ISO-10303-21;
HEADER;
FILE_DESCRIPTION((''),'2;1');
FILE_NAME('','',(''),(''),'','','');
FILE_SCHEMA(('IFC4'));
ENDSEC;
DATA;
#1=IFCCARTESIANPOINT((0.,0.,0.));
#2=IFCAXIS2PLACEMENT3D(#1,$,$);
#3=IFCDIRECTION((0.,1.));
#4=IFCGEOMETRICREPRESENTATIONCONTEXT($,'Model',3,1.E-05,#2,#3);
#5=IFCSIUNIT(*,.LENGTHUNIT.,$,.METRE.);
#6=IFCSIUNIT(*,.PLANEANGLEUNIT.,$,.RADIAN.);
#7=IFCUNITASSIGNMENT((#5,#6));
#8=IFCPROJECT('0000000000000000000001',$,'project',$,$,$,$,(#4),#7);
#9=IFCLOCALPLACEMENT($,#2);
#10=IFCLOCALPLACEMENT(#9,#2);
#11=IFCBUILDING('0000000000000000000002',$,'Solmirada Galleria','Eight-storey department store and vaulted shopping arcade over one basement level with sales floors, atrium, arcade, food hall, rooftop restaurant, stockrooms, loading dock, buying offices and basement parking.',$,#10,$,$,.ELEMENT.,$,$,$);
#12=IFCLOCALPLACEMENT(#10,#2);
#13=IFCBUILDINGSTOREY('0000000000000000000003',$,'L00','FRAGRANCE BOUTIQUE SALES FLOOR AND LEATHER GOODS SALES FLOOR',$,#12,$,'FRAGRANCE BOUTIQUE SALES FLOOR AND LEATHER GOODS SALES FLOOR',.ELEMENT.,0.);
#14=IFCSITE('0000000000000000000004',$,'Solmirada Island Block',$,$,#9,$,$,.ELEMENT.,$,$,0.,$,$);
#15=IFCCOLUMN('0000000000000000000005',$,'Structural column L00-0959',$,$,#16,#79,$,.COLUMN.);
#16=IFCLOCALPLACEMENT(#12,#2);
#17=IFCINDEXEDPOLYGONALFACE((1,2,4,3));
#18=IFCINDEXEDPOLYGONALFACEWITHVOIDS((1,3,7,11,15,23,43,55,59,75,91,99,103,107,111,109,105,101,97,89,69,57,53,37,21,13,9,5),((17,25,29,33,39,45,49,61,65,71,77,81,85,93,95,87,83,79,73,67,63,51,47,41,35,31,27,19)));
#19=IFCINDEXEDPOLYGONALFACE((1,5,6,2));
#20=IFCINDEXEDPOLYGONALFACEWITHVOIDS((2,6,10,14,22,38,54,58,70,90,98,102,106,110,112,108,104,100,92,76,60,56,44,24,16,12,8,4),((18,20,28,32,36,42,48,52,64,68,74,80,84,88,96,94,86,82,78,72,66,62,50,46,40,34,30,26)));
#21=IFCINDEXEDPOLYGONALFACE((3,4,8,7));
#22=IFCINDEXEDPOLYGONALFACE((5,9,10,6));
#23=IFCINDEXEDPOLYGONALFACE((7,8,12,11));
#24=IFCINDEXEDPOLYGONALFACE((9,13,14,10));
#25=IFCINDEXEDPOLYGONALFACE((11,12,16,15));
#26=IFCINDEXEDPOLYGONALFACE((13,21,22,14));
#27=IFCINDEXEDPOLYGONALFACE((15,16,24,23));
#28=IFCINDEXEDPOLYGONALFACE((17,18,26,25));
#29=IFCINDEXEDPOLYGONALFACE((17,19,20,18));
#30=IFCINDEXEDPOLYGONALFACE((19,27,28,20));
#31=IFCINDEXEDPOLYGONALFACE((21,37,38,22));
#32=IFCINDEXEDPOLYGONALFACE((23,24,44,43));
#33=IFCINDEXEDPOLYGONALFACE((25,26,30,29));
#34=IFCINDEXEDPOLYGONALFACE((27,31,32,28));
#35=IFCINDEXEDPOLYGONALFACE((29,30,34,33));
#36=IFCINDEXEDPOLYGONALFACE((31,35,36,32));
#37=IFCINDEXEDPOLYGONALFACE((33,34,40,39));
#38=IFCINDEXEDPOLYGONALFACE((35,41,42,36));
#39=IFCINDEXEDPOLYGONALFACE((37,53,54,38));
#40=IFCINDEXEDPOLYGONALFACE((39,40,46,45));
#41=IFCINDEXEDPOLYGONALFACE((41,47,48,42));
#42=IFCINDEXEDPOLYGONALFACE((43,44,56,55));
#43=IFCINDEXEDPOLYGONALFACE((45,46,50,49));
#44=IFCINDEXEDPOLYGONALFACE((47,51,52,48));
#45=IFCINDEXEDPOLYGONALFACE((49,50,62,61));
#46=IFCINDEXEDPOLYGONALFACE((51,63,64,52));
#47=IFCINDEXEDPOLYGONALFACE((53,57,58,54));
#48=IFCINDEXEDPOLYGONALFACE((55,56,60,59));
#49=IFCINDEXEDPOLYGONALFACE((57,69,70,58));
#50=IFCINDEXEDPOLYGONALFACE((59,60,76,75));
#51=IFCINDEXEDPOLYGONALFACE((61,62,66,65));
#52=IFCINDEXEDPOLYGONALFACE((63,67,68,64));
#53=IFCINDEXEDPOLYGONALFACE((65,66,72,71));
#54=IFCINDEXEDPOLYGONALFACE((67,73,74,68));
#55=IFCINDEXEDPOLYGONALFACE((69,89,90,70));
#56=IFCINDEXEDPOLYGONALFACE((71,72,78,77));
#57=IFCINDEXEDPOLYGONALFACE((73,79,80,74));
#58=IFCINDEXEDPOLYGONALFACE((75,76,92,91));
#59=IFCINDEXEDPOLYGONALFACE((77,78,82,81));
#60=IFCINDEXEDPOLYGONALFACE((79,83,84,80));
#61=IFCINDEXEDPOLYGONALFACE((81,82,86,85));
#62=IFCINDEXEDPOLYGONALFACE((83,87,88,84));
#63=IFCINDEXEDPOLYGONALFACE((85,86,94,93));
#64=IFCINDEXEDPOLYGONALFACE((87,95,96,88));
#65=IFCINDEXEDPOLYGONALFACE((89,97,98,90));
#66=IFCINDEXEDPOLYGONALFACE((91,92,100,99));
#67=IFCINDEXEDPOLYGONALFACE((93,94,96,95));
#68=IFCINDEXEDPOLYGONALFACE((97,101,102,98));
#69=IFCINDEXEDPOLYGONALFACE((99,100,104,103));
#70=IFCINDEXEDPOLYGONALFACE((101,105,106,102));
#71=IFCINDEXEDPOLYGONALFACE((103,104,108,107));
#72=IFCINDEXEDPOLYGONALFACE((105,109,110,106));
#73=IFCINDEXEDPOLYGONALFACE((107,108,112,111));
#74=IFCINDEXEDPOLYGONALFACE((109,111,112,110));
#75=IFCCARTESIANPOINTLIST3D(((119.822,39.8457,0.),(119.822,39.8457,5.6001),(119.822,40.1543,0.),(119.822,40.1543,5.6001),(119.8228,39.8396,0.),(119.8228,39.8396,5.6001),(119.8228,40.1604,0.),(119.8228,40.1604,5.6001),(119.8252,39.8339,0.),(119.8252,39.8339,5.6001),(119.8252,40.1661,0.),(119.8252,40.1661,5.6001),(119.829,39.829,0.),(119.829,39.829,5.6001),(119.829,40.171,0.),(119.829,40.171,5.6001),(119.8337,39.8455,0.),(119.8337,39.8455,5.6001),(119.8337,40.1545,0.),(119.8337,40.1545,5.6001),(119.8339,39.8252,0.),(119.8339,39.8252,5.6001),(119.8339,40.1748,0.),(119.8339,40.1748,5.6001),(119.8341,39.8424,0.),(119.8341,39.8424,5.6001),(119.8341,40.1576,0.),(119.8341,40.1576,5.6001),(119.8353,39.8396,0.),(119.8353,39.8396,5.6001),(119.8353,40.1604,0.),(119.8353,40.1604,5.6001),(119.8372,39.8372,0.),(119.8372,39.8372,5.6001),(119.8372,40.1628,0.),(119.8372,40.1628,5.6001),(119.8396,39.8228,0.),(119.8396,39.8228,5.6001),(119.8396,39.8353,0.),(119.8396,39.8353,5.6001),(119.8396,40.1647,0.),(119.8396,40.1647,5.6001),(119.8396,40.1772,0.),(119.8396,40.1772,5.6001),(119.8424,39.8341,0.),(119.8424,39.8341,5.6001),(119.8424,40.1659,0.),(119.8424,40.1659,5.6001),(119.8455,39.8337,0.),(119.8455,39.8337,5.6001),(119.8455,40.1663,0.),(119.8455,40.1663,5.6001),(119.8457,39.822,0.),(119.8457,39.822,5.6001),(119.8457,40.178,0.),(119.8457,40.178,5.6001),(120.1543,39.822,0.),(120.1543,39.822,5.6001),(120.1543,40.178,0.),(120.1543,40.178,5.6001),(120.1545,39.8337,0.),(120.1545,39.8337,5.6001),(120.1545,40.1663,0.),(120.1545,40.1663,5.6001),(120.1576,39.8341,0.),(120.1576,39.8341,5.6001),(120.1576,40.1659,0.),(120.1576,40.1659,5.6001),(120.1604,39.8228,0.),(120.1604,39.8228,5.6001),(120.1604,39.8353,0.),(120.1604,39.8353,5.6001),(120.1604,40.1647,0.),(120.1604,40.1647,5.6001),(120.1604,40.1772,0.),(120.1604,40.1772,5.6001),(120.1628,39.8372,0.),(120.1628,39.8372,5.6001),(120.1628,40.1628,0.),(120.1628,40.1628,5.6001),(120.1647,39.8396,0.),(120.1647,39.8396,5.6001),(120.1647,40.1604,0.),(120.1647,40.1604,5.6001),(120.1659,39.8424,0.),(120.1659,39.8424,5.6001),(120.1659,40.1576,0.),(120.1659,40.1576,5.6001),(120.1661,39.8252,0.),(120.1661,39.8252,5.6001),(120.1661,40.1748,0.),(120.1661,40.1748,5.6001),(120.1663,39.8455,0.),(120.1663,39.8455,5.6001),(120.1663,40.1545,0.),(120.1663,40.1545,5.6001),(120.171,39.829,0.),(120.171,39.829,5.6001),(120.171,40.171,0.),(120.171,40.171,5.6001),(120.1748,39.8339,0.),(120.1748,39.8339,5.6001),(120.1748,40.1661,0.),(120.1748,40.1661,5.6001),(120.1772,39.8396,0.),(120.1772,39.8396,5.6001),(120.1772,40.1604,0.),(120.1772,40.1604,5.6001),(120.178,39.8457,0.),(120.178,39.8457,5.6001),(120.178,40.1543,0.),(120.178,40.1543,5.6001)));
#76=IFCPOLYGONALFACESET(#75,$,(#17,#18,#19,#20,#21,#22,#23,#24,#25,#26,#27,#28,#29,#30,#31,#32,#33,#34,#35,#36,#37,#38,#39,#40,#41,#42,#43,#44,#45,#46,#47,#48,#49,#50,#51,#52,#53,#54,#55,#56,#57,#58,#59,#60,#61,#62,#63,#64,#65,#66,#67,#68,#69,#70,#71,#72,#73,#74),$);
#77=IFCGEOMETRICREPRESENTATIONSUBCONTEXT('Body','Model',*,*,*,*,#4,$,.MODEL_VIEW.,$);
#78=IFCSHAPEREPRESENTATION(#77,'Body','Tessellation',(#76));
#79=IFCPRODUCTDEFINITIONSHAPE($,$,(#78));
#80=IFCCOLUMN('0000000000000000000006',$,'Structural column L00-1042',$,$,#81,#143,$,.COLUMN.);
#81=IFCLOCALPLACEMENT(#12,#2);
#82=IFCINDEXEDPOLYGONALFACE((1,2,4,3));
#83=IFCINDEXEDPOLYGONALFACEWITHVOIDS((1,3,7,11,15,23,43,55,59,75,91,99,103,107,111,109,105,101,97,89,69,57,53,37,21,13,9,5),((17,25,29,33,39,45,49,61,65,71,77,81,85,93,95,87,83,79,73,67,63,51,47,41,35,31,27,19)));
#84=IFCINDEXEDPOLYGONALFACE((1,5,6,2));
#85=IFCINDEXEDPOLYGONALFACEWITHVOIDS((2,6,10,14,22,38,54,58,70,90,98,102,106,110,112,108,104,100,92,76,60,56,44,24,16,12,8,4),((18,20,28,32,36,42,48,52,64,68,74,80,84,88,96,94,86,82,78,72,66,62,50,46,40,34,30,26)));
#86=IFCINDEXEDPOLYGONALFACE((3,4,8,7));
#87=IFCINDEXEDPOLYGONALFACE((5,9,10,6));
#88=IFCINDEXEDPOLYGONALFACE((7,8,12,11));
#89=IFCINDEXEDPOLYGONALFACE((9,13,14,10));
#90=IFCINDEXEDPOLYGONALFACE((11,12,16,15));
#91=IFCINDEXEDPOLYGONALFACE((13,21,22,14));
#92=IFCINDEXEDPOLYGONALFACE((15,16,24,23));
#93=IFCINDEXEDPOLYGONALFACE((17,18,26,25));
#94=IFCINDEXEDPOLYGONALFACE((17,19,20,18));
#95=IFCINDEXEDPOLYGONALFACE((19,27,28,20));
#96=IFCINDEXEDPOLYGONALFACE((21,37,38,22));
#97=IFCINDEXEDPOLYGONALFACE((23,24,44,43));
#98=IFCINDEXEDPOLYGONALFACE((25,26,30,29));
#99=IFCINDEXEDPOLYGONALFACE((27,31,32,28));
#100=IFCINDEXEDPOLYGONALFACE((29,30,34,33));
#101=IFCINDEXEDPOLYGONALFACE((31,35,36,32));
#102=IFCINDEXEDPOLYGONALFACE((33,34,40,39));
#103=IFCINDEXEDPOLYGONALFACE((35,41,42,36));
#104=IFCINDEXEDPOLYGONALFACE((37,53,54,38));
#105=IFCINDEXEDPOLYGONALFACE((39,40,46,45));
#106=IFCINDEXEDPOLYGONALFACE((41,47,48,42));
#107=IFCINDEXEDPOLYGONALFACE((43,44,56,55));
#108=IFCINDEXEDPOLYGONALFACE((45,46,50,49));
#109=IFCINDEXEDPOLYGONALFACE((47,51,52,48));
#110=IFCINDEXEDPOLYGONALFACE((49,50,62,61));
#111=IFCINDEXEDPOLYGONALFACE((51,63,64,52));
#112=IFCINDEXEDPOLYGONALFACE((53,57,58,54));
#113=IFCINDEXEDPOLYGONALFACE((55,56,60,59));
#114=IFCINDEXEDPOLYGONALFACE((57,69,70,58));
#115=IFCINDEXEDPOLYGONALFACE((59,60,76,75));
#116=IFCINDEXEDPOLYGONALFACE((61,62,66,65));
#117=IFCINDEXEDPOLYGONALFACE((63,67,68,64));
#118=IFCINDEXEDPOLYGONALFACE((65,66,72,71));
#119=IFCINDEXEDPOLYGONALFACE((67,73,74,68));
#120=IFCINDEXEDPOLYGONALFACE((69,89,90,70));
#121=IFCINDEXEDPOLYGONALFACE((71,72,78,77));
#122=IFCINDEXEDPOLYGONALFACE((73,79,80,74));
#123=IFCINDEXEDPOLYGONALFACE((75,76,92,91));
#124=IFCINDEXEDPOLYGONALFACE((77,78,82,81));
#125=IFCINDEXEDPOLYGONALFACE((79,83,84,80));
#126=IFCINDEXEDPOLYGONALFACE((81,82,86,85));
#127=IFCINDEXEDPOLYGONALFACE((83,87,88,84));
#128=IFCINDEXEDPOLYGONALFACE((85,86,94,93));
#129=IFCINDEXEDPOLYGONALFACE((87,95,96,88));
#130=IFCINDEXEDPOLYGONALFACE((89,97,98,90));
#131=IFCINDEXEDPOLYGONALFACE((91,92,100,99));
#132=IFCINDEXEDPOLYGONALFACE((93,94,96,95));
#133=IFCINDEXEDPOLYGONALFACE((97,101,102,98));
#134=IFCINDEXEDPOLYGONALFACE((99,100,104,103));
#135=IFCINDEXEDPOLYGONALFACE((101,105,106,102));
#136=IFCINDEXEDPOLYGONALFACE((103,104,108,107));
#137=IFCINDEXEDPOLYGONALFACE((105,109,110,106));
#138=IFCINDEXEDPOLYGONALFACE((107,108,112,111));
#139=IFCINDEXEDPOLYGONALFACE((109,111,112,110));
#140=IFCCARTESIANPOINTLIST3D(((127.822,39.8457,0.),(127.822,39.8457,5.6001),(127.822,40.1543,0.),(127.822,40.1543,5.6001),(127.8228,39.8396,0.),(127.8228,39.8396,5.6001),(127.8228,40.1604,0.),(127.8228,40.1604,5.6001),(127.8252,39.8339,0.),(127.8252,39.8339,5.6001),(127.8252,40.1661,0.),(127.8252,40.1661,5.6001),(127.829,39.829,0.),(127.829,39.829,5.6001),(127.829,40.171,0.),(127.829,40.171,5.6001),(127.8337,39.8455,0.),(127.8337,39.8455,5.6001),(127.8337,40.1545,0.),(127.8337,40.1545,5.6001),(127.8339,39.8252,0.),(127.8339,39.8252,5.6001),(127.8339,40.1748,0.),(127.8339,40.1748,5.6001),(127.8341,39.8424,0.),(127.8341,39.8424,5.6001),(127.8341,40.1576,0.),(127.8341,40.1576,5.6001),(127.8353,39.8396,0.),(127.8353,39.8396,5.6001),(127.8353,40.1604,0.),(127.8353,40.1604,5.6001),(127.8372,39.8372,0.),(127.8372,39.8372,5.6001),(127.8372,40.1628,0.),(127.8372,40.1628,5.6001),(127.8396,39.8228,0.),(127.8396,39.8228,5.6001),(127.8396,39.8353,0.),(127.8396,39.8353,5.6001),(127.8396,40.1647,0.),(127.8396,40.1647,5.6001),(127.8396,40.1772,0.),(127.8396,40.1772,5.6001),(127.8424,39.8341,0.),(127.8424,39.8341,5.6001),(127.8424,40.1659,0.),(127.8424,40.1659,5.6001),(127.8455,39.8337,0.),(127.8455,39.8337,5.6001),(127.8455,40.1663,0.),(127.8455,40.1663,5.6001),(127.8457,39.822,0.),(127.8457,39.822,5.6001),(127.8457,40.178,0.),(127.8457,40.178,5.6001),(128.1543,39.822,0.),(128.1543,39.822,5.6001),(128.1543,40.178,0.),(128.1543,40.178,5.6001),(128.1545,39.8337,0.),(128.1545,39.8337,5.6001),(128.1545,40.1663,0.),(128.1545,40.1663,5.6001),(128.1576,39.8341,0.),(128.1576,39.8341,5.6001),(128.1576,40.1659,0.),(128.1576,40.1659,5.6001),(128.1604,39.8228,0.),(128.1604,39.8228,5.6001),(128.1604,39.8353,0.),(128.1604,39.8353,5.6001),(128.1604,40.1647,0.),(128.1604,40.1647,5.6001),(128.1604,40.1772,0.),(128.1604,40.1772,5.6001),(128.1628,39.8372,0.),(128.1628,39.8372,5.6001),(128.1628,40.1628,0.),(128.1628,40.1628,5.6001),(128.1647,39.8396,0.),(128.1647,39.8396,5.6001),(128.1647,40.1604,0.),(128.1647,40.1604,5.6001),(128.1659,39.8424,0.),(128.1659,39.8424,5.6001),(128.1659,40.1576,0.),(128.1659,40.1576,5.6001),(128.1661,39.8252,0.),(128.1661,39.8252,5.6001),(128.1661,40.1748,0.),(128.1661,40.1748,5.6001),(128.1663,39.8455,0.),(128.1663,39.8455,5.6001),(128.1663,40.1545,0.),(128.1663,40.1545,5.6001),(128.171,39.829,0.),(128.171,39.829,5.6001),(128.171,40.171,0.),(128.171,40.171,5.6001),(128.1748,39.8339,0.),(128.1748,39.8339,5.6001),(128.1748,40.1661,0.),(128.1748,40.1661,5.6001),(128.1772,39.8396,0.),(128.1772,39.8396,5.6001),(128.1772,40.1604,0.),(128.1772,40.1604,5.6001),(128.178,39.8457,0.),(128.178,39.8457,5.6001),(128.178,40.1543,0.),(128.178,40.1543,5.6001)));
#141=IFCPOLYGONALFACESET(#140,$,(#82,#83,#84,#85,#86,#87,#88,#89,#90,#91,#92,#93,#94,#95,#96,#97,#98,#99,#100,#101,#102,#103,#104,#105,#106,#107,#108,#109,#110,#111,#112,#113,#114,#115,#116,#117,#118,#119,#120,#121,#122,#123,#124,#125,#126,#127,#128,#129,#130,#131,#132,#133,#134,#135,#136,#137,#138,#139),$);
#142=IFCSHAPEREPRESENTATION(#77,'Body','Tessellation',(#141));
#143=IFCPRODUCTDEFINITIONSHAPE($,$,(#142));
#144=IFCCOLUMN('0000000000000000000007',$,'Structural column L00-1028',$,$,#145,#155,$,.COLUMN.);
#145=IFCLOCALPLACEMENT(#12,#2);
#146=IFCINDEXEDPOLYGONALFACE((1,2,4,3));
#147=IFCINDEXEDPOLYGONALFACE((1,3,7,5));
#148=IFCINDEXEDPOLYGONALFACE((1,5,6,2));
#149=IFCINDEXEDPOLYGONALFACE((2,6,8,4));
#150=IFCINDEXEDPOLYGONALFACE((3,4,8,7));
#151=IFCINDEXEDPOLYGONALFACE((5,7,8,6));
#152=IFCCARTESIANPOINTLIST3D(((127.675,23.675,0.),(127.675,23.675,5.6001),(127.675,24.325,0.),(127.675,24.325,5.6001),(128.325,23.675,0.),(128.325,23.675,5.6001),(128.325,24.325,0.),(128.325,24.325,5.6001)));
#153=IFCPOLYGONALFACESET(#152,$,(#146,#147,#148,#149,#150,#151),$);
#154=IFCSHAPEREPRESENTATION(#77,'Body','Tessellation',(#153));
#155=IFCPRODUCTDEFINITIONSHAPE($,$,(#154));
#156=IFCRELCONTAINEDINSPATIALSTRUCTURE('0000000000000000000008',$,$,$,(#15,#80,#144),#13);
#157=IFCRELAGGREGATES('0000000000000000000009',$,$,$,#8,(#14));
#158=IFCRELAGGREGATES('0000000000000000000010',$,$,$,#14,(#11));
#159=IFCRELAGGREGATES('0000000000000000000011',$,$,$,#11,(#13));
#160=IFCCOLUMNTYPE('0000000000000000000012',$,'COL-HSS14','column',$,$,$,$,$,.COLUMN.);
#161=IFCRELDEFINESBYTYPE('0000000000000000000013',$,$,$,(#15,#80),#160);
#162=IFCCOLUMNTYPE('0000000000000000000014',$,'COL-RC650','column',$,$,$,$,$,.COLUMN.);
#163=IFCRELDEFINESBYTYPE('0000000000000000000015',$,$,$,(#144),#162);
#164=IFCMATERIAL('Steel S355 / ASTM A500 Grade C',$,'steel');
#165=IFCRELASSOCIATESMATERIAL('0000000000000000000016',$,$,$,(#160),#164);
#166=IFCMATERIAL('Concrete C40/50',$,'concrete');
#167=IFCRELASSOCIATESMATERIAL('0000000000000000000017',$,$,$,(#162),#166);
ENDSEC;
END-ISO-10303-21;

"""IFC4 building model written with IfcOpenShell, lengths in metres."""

from ifc_helpers import new_model, si_unit, direction, frame, origin, origin_2d, place, context, subcontext, project, spatial, rectangle, hollow_rectangle, extrude, material, material_profile, profile_set, type_object, element, save


model = new_model("IFC4")

# Units and contexts
model_context = context("Model", 3, precision=1e-05, world=origin(), true_north=direction((0.0, 1.0)))
body_context = subcontext(model_context, "Body", "Model", "MODEL_VIEW")
ifc_project = project(units=[si_unit("LENGTHUNIT", "METRE"), si_unit("PLANEANGLEUNIT", "RADIAN")], contexts=[model_context])

# Site, building, storey
site_placement = place(None, origin())
site = spatial("IfcSite", under=ifc_project, at=site_placement, Name="Solmirada Island Block", CompositionType="ELEMENT", RefElevation=0.0)
building_placement = place(site_placement, origin())
building = spatial("IfcBuilding", under=site, at=building_placement, Name="Solmirada Galleria", Description="Eight-storey department store and vaulted shopping arcade over one basement level with sales floors, atrium, arcade, food hall, rooftop restaurant, stockrooms, loading dock, buying offices and basement parking.", CompositionType="ELEMENT")
storey_placement = place(building_placement, origin())
storey = spatial("IfcBuildingStorey", under=building, at=storey_placement, Name="L00", Description="FRAGRANCE BOUTIQUE SALES FLOOR AND LEATHER GOODS SALES FLOOR", LongName="FRAGRANCE BOUTIQUE SALES FLOOR AND LEATHER GOODS SALES FLOOR", CompositionType="ELEMENT", Elevation=0.0)

# Columns
ifc_material_1 = material(Name="Steel S355 / ASTM A500 Grade C", Category="steel")
ifc_material_profile_1 = material_profile(ifc_material_1, hollow_rectangle(XDim=0.356, YDim=0.356, WallThickness=0.0117, InnerFilletRadius=0.0117, OuterFilletRadius=0.0237, at=origin_2d()), Name="HSS14X14X1/2")
ifc_profile_set_1 = profile_set([ifc_material_profile_1], Name="Steel S355 / ASTM A500 Grade C")
column_type_1 = type_object("IfcColumnType", Name="COL-HSS14", Description="column", PredefinedType="COLUMN", material=ifc_profile_set_1)
for number, where, z_axis, x_axis, name in (
    (1, (120.0, 40.0, 0.0), (0.0, 0.0, 1.0), (1.0, 0.0, 0.0), "Structural column L00-0959"),
    (2, (128.0, 40.0, 0.0), (0.0, 0.0, 1.0), (1.0, 0.0, 0.0), "Structural column L00-1042"),
):
    element("IfcColumn", number, at=place(storey_placement, frame(where, z_axis=z_axis, x_axis=x_axis)), inside=storey, type_object=column_type_1, Name=name, PredefinedType="COLUMN", context=body_context, shape_type="SweptSolid", body=[
        extrude(hollow_rectangle(XDim=0.356, YDim=0.356, WallThickness=0.0117, InnerFilletRadius=0.0117, OuterFilletRadius=0.0237, at=origin_2d()), origin(), (0.0, 0.0, 1.0), 5.6001),
    ])
ifc_material_2 = material(Name="Concrete C40/50", Category="concrete")
ifc_material_profile_2 = material_profile(ifc_material_2, rectangle(XDim=0.6499, YDim=0.6499, at=origin_2d()), Name="RC650X650")
ifc_profile_set_2 = profile_set([ifc_material_profile_2], Name="Concrete C40/50")
column_type_2 = type_object("IfcColumnType", Name="COL-RC650", Description="column", PredefinedType="COLUMN", material=ifc_profile_set_2)
column_1_placement = place(storey_placement, frame((128.0, 24.0, 0.0), z_axis=(0.0, 0.0, 1.0), x_axis=(1.0, 0.0, 0.0)))
element("IfcColumn", 3, at=column_1_placement, inside=storey, type_object=column_type_2, Name="Structural column L00-1028", PredefinedType="COLUMN", context=body_context, shape_type="SweptSolid", body=[
    extrude(rectangle(XDim=0.6499, YDim=0.6499, at=origin_2d()), origin(), (0.0, 0.0, 1.0), 5.6001),
])

save(model, "model.ifc")
